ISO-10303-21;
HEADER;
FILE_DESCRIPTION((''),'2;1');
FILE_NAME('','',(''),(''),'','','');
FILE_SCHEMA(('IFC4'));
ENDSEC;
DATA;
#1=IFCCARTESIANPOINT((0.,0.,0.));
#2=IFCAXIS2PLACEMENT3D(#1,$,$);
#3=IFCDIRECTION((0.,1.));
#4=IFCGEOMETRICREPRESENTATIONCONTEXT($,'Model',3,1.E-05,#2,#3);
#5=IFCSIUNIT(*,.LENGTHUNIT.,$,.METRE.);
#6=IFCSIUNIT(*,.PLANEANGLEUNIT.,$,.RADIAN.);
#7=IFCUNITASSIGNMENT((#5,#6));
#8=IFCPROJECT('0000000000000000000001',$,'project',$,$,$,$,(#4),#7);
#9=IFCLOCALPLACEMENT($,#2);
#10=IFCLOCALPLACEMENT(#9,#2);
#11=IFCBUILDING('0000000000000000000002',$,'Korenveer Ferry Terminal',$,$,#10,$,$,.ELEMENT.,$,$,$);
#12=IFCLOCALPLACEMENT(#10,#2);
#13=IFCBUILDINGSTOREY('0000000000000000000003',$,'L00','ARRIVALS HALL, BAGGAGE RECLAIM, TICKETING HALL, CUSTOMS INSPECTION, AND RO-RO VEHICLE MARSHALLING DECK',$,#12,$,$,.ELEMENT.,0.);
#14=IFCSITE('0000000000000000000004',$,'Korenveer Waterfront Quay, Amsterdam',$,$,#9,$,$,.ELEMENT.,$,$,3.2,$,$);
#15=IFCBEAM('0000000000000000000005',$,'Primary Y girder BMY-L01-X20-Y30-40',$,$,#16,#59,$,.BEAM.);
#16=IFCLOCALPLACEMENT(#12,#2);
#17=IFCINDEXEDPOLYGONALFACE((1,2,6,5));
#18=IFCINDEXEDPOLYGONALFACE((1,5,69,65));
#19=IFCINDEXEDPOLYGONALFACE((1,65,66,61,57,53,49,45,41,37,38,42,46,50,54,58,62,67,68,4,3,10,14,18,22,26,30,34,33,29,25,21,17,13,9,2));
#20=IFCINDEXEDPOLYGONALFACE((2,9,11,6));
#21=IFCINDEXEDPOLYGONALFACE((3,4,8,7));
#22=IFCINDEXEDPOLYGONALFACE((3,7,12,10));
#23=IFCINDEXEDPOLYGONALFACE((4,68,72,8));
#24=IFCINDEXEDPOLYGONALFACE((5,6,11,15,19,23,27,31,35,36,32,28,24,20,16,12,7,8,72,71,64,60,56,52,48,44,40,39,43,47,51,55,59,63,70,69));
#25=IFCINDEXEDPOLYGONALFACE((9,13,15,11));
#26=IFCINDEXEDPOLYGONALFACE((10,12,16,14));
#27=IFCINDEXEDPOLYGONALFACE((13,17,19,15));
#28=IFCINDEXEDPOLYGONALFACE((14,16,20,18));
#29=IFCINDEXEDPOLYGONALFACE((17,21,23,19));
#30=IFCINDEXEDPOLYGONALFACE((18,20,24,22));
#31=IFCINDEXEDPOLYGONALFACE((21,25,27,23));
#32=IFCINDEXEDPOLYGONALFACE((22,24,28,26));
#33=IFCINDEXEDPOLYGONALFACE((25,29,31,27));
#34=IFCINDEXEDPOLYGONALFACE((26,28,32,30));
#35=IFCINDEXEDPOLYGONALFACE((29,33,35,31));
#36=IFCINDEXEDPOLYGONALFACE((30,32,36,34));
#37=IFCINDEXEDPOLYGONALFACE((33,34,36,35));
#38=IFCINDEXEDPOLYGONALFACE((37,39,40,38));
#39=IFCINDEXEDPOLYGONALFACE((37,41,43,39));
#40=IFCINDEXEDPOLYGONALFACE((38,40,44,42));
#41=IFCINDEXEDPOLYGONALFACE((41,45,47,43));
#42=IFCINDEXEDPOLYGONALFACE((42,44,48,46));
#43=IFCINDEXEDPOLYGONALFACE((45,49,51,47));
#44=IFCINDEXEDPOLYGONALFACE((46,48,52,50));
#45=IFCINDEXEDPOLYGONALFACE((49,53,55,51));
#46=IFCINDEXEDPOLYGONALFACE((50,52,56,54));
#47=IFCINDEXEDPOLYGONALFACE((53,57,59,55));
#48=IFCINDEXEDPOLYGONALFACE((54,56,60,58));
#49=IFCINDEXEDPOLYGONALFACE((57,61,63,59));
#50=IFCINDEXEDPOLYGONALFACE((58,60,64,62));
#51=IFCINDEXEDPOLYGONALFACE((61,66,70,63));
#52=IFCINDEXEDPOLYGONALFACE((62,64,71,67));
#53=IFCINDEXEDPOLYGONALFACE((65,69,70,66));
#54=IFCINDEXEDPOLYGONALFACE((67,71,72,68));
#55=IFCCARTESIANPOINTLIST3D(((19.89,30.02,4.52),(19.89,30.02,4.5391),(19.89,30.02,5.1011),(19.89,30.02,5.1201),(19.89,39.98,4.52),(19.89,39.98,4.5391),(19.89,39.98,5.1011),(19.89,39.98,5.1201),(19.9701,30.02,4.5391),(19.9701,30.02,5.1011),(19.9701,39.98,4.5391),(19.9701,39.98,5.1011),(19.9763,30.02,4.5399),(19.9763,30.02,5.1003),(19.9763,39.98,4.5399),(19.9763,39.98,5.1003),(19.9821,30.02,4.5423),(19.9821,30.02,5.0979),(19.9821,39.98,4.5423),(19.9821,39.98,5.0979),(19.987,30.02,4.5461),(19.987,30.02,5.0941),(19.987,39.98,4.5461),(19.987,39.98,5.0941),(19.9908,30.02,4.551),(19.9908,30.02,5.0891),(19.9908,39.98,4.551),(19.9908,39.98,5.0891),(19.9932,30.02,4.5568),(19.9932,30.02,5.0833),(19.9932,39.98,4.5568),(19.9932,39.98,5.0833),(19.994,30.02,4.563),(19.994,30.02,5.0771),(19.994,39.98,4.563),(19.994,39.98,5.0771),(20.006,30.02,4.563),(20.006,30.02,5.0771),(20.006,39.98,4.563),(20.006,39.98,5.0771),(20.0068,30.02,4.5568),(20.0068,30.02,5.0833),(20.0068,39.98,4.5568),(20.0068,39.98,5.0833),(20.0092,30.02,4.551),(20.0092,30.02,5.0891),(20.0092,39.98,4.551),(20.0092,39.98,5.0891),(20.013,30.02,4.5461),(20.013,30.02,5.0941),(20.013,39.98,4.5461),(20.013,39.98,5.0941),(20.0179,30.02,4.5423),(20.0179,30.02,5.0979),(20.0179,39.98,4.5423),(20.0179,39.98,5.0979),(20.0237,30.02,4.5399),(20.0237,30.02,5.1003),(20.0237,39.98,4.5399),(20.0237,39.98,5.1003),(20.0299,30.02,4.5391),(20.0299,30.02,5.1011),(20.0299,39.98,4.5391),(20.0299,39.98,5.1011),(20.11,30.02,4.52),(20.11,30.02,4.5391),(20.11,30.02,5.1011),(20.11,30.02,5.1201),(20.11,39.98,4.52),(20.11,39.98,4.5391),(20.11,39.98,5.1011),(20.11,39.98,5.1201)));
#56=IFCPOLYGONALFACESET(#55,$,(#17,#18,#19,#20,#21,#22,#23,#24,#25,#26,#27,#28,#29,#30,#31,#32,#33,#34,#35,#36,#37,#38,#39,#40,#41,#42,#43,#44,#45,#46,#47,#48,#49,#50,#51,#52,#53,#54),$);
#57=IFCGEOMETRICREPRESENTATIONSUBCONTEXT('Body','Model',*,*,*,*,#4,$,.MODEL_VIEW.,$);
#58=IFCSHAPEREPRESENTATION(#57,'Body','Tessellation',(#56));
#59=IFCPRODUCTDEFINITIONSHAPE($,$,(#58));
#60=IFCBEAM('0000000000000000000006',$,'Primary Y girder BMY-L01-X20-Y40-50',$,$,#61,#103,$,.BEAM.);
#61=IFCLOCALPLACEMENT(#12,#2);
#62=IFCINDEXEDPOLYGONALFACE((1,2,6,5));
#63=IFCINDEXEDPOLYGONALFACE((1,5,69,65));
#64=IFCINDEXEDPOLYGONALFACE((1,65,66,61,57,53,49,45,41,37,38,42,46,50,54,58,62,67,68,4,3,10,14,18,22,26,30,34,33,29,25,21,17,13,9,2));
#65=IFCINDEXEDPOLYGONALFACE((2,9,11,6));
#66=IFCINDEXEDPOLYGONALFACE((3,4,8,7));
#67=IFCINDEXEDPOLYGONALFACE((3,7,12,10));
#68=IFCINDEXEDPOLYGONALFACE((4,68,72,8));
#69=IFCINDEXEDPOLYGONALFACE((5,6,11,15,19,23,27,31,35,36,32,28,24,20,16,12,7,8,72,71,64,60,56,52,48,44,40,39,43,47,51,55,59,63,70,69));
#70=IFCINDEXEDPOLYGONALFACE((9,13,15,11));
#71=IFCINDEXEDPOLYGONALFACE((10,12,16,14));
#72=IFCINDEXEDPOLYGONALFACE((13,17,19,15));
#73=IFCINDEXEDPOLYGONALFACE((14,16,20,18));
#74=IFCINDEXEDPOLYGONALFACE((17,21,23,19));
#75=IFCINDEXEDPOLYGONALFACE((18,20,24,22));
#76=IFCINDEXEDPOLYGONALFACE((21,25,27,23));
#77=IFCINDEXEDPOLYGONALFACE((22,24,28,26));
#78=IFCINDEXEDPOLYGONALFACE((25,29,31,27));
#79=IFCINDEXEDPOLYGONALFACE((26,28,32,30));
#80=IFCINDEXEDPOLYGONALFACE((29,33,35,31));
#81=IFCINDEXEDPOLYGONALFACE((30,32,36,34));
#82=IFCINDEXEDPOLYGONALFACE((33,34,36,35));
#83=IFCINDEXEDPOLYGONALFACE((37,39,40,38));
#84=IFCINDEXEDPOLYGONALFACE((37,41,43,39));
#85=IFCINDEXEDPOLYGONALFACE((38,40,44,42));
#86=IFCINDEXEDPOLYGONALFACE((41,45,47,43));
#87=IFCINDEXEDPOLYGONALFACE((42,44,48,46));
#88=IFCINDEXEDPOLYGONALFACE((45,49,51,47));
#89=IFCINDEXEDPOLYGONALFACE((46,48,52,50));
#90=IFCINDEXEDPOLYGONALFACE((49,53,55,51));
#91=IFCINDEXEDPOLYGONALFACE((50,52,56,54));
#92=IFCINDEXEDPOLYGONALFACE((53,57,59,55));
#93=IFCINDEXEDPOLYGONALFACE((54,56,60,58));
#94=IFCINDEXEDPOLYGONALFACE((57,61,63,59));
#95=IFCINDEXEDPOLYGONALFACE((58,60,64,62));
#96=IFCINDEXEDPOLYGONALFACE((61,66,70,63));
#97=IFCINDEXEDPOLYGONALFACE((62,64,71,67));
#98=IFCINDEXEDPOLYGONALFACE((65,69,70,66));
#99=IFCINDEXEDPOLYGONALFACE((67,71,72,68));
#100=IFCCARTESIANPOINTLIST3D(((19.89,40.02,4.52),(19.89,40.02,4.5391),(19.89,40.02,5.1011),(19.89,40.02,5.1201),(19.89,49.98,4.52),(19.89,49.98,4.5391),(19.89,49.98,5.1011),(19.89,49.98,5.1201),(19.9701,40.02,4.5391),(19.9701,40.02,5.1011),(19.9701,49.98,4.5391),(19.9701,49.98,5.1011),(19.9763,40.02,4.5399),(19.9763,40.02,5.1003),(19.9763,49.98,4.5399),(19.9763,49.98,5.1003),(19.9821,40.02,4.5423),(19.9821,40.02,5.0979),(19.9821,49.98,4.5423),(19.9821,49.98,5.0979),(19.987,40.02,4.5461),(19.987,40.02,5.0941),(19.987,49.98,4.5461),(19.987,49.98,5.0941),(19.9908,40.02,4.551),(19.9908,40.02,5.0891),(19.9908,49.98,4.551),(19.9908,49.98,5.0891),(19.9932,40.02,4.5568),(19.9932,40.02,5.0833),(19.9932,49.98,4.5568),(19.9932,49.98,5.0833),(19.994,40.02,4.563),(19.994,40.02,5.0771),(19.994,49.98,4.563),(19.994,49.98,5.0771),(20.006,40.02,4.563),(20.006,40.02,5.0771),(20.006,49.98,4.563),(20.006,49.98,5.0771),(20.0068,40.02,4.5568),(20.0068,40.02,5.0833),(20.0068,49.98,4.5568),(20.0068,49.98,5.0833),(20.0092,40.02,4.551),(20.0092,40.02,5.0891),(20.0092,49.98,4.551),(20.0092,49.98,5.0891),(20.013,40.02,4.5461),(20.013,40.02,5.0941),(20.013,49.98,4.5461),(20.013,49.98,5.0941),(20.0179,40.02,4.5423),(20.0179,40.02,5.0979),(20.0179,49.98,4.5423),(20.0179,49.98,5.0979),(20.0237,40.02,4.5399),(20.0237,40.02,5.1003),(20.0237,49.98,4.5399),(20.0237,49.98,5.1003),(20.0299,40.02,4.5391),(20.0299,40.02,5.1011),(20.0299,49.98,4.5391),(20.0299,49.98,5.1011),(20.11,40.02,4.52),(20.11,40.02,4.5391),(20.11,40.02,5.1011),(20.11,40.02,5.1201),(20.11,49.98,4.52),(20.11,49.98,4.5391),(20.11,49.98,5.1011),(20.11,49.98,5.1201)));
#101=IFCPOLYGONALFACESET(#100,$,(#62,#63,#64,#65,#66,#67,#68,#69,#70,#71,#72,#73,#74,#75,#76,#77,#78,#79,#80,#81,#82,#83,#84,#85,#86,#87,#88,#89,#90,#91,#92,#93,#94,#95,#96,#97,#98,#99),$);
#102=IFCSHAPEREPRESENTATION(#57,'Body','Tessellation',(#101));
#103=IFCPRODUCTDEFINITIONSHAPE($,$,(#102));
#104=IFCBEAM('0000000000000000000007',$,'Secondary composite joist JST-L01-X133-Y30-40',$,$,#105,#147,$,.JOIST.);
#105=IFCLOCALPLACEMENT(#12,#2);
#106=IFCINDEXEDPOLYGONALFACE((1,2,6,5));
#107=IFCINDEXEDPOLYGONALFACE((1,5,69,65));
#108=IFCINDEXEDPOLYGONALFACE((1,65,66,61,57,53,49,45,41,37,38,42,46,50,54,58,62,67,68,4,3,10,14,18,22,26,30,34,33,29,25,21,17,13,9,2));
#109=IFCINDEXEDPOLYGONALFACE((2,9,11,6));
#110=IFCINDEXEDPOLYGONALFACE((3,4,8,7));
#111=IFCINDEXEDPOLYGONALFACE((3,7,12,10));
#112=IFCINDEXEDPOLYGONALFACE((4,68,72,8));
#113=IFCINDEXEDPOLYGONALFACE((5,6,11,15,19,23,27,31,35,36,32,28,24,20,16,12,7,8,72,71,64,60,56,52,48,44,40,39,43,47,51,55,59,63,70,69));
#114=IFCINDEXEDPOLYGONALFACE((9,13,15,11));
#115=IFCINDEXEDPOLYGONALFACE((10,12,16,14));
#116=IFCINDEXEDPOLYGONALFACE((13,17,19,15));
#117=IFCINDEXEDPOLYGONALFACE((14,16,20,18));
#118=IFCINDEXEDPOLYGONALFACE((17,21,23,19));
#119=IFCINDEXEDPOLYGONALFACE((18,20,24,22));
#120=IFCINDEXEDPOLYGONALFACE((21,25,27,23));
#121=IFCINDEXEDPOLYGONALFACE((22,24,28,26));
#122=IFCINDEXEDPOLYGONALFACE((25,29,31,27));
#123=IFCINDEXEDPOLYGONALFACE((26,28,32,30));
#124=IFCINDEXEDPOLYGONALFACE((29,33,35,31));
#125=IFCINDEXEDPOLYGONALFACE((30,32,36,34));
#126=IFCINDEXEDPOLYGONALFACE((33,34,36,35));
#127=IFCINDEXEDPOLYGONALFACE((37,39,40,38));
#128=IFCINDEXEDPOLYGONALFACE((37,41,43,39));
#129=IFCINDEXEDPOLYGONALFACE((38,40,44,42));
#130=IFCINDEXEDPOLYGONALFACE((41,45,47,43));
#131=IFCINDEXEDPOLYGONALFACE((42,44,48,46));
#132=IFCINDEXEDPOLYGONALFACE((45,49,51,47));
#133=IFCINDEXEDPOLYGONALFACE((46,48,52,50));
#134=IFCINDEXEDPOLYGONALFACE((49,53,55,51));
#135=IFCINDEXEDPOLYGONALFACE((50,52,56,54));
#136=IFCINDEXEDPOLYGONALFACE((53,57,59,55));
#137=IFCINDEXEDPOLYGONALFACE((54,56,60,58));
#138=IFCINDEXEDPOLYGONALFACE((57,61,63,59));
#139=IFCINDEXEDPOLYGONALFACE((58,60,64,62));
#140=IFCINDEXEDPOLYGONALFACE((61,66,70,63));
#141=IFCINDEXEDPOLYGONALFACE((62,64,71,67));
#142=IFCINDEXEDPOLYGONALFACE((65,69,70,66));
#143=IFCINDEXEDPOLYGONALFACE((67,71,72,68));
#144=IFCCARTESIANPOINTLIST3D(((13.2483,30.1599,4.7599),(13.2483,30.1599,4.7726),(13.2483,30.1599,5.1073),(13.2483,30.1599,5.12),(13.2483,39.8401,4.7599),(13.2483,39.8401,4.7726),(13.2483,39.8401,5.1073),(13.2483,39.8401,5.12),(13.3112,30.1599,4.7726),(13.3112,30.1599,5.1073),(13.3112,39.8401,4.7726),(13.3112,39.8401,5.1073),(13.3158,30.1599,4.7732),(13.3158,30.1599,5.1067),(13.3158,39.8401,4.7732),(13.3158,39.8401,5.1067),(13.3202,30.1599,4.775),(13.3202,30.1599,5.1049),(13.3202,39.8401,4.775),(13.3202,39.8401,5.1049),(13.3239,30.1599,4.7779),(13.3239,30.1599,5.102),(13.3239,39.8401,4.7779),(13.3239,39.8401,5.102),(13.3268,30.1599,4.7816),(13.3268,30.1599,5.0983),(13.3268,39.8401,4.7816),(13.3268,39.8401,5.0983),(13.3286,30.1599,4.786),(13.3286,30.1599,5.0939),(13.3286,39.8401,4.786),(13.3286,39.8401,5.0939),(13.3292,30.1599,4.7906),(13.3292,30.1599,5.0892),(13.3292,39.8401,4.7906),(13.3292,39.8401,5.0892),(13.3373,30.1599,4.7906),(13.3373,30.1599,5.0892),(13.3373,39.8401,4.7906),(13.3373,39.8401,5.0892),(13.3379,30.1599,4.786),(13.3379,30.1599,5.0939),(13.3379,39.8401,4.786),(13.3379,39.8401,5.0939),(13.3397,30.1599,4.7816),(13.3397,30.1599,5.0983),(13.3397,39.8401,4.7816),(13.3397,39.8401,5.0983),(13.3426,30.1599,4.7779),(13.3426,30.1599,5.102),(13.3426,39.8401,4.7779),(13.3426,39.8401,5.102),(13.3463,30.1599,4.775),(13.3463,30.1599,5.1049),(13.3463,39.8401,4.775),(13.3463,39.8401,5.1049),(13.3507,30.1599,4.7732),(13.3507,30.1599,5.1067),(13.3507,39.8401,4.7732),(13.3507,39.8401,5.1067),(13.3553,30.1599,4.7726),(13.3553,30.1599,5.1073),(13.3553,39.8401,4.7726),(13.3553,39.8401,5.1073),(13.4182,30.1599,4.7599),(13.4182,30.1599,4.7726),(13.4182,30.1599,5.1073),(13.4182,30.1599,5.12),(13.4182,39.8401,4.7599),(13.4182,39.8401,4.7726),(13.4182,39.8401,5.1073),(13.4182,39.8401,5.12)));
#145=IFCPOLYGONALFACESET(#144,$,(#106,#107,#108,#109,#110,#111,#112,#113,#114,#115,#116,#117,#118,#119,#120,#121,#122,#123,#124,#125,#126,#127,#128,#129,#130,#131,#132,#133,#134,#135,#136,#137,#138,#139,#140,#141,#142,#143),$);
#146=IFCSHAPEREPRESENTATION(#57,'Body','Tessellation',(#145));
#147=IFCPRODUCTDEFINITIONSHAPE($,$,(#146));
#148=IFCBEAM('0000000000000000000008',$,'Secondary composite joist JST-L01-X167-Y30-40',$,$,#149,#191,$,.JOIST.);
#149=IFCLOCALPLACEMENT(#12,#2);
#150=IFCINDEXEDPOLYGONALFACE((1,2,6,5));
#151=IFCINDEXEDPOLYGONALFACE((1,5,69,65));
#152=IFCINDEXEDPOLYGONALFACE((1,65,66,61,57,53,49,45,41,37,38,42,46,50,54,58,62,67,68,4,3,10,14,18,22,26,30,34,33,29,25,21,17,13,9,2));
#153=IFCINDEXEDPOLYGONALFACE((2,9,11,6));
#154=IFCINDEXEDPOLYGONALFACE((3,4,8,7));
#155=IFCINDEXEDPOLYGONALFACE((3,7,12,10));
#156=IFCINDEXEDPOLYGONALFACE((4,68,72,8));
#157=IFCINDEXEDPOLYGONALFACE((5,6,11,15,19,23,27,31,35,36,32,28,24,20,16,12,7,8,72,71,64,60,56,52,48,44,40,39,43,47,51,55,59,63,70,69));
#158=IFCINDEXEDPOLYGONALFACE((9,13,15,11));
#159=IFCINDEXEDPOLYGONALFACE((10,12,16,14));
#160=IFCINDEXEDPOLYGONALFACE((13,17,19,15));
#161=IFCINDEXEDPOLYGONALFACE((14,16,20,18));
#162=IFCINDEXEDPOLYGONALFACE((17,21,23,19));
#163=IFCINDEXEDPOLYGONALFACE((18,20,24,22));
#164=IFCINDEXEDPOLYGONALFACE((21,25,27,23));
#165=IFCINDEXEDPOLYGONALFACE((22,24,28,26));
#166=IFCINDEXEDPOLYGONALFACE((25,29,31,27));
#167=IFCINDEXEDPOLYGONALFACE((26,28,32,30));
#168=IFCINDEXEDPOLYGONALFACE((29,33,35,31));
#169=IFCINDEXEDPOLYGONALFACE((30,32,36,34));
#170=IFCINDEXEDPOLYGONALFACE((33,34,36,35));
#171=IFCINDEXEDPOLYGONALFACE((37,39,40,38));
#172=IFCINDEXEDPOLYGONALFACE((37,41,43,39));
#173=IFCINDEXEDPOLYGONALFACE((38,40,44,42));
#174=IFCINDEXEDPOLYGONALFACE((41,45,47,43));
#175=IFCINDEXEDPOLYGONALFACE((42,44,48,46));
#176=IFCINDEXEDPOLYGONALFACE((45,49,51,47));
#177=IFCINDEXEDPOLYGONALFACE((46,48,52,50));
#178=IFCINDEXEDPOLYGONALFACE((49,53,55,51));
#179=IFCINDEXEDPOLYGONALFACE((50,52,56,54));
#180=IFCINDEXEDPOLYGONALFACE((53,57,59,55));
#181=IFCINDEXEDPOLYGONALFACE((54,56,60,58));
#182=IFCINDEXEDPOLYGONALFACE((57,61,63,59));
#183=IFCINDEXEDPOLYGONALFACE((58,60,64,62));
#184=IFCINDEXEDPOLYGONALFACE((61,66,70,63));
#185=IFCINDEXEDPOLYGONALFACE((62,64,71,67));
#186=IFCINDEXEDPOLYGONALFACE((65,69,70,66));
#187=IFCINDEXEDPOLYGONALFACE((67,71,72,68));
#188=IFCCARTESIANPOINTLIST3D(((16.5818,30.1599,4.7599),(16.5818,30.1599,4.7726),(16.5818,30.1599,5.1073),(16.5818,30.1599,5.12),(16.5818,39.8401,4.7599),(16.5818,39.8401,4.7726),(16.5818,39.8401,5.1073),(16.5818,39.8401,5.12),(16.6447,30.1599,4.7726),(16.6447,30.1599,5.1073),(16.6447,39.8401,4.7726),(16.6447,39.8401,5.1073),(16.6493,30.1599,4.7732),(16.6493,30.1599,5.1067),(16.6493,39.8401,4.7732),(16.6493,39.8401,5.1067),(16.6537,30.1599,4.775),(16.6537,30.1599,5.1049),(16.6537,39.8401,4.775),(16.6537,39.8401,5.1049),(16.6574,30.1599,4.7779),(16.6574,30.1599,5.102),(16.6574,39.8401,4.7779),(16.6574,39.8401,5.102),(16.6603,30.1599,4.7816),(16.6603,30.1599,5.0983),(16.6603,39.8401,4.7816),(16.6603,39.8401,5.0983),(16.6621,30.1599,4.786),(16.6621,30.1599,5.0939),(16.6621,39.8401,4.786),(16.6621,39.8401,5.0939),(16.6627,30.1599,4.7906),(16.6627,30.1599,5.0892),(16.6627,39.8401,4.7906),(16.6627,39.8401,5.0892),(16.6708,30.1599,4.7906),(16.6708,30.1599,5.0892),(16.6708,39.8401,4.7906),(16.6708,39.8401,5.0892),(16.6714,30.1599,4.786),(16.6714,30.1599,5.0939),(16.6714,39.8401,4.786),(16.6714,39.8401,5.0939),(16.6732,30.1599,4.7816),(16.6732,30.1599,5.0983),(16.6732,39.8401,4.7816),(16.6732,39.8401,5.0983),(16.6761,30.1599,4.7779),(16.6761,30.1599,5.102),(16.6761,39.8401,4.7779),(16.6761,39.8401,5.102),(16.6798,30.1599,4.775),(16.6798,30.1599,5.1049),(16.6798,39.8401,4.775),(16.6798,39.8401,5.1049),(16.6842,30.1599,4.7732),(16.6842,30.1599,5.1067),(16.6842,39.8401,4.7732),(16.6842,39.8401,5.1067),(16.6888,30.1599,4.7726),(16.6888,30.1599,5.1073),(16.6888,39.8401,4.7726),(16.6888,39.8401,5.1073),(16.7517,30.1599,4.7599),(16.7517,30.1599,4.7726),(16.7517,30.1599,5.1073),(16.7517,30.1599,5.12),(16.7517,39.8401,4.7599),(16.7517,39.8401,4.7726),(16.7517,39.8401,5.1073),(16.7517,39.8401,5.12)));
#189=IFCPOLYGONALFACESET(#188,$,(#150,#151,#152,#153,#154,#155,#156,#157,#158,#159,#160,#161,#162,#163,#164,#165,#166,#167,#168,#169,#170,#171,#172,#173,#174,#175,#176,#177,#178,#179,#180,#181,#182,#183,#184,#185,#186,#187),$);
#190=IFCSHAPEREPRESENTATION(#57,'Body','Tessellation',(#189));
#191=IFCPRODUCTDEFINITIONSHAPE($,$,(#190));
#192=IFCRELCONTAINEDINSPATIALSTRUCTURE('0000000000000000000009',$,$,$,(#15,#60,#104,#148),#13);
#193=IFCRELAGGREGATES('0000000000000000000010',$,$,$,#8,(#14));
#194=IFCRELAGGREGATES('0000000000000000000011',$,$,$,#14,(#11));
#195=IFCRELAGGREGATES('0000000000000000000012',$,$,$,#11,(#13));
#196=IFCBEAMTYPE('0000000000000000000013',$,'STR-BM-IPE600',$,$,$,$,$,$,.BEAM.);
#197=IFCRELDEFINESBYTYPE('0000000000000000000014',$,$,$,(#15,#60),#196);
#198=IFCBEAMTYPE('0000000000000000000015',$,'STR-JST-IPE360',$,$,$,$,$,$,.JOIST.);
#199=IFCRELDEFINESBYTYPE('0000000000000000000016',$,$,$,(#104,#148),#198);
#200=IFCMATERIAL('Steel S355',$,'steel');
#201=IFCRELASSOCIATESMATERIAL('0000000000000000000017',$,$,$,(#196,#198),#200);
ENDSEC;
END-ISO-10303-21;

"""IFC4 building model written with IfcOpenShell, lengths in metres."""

from ifc_helpers import new_model, si_unit, direction, frame, origin, origin_2d, place, context, subcontext, project, spatial, i_section, extrude, material, material_profile, profile_set, type_object, element, save


model = new_model("IFC4")

# Units and contexts
model_context = context("Model", 3, precision=1e-05, world=origin(), true_north=direction((0.0, 1.0)))
body_context = subcontext(model_context, "Body", "Model", "MODEL_VIEW")
ifc_project = project(units=[si_unit("LENGTHUNIT", "METRE"), si_unit("PLANEANGLEUNIT", "RADIAN")], contexts=[model_context])

# Site, building, storey
site_placement = place(None, origin())
site = spatial("IfcSite", under=ifc_project, at=site_placement, Name="Korenveer Waterfront Quay, Amsterdam", CompositionType="ELEMENT", RefElevation=3.2)
building_placement = place(site_placement, origin())
building = spatial("IfcBuilding", under=site, at=building_placement, Name="Korenveer Ferry Terminal", CompositionType="ELEMENT")
storey_placement = place(building_placement, origin())
storey = spatial("IfcBuildingStorey", under=building, at=storey_placement, Name="L00", Description="ARRIVALS HALL, BAGGAGE RECLAIM, TICKETING HALL, CUSTOMS INSPECTION, AND RO-RO VEHICLE MARSHALLING DECK", CompositionType="ELEMENT", Elevation=0.0)

# Beams
ifc_material_1 = material(Name="Steel S355", Category="steel")
ifc_material_profile_1 = material_profile(ifc_material_1, i_section(OverallWidth=0.22, OverallDepth=0.6001, WebThickness=0.012, FlangeThickness=0.019, FilletRadius=0.0239, at=origin_2d()), Name="IPE 600")
ifc_profile_set_1 = profile_set([ifc_material_profile_1], Name="Steel S355")
beam_type_1 = type_object("IfcBeamType", Name="STR-BM-IPE600", PredefinedType="BEAM", material=ifc_profile_set_1)
for number, where, z_axis, x_axis, name in (
    (1, (20.0, 30.02, 4.8201), (0.0, 1.0, 0.0), (-1.0, 0.0, 0.0), "Primary Y girder BMY-L01-X20-Y30-40"),
    (2, (20.0, 40.02, 4.8201), (0.0, 1.0, 0.0), (-1.0, 0.0, 0.0), "Primary Y girder BMY-L01-X20-Y40-50"),
):
    element("IfcBeam", number, at=place(storey_placement, frame(where, z_axis=z_axis, x_axis=x_axis)), inside=storey, type_object=beam_type_1, Name=name, PredefinedType="BEAM", context=body_context, shape_type="SweptSolid", body=[
        extrude(i_section(OverallWidth=0.22, OverallDepth=0.6001, WebThickness=0.012, FlangeThickness=0.019, FilletRadius=0.0239, at=origin_2d()), origin(), (0.0, 0.0, 1.0), 9.96),
    ])
ifc_material_profile_2 = material_profile(ifc_material_1, i_section(OverallWidth=0.1699, OverallDepth=0.3601, WebThickness=0.0081, FlangeThickness=0.0127, FilletRadius=0.0181, at=origin_2d()), Name="IPE 360")
ifc_profile_set_2 = profile_set([ifc_material_profile_2], Name="Steel S355")
beam_type_2 = type_object("IfcBeamType", Name="STR-JST-IPE360", PredefinedType="JOIST", material=ifc_profile_set_2)
for number, where, z_axis, x_axis, name in (
    (3, (13.3333, 30.1599, 4.9399), (0.0, 1.0, 0.0), (-1.0, 0.0, 0.0), "Secondary composite joist JST-L01-X133-Y30-40"),
    (4, (16.6667, 30.1599, 4.9399), (0.0, 1.0, 0.0), (-1.0, 0.0, 0.0), "Secondary composite joist JST-L01-X167-Y30-40"),
):
    element("IfcBeam", number, at=place(storey_placement, frame(where, z_axis=z_axis, x_axis=x_axis)), inside=storey, type_object=beam_type_2, Name=name, PredefinedType="JOIST", context=body_context, shape_type="SweptSolid", body=[
        extrude(i_section(OverallWidth=0.1699, OverallDepth=0.3601, WebThickness=0.0081, FlangeThickness=0.0127, FilletRadius=0.0181, at=origin_2d()), origin(), (0.0, 0.0, 1.0), 9.6802),
    ])

save(model, "model.ifc")
